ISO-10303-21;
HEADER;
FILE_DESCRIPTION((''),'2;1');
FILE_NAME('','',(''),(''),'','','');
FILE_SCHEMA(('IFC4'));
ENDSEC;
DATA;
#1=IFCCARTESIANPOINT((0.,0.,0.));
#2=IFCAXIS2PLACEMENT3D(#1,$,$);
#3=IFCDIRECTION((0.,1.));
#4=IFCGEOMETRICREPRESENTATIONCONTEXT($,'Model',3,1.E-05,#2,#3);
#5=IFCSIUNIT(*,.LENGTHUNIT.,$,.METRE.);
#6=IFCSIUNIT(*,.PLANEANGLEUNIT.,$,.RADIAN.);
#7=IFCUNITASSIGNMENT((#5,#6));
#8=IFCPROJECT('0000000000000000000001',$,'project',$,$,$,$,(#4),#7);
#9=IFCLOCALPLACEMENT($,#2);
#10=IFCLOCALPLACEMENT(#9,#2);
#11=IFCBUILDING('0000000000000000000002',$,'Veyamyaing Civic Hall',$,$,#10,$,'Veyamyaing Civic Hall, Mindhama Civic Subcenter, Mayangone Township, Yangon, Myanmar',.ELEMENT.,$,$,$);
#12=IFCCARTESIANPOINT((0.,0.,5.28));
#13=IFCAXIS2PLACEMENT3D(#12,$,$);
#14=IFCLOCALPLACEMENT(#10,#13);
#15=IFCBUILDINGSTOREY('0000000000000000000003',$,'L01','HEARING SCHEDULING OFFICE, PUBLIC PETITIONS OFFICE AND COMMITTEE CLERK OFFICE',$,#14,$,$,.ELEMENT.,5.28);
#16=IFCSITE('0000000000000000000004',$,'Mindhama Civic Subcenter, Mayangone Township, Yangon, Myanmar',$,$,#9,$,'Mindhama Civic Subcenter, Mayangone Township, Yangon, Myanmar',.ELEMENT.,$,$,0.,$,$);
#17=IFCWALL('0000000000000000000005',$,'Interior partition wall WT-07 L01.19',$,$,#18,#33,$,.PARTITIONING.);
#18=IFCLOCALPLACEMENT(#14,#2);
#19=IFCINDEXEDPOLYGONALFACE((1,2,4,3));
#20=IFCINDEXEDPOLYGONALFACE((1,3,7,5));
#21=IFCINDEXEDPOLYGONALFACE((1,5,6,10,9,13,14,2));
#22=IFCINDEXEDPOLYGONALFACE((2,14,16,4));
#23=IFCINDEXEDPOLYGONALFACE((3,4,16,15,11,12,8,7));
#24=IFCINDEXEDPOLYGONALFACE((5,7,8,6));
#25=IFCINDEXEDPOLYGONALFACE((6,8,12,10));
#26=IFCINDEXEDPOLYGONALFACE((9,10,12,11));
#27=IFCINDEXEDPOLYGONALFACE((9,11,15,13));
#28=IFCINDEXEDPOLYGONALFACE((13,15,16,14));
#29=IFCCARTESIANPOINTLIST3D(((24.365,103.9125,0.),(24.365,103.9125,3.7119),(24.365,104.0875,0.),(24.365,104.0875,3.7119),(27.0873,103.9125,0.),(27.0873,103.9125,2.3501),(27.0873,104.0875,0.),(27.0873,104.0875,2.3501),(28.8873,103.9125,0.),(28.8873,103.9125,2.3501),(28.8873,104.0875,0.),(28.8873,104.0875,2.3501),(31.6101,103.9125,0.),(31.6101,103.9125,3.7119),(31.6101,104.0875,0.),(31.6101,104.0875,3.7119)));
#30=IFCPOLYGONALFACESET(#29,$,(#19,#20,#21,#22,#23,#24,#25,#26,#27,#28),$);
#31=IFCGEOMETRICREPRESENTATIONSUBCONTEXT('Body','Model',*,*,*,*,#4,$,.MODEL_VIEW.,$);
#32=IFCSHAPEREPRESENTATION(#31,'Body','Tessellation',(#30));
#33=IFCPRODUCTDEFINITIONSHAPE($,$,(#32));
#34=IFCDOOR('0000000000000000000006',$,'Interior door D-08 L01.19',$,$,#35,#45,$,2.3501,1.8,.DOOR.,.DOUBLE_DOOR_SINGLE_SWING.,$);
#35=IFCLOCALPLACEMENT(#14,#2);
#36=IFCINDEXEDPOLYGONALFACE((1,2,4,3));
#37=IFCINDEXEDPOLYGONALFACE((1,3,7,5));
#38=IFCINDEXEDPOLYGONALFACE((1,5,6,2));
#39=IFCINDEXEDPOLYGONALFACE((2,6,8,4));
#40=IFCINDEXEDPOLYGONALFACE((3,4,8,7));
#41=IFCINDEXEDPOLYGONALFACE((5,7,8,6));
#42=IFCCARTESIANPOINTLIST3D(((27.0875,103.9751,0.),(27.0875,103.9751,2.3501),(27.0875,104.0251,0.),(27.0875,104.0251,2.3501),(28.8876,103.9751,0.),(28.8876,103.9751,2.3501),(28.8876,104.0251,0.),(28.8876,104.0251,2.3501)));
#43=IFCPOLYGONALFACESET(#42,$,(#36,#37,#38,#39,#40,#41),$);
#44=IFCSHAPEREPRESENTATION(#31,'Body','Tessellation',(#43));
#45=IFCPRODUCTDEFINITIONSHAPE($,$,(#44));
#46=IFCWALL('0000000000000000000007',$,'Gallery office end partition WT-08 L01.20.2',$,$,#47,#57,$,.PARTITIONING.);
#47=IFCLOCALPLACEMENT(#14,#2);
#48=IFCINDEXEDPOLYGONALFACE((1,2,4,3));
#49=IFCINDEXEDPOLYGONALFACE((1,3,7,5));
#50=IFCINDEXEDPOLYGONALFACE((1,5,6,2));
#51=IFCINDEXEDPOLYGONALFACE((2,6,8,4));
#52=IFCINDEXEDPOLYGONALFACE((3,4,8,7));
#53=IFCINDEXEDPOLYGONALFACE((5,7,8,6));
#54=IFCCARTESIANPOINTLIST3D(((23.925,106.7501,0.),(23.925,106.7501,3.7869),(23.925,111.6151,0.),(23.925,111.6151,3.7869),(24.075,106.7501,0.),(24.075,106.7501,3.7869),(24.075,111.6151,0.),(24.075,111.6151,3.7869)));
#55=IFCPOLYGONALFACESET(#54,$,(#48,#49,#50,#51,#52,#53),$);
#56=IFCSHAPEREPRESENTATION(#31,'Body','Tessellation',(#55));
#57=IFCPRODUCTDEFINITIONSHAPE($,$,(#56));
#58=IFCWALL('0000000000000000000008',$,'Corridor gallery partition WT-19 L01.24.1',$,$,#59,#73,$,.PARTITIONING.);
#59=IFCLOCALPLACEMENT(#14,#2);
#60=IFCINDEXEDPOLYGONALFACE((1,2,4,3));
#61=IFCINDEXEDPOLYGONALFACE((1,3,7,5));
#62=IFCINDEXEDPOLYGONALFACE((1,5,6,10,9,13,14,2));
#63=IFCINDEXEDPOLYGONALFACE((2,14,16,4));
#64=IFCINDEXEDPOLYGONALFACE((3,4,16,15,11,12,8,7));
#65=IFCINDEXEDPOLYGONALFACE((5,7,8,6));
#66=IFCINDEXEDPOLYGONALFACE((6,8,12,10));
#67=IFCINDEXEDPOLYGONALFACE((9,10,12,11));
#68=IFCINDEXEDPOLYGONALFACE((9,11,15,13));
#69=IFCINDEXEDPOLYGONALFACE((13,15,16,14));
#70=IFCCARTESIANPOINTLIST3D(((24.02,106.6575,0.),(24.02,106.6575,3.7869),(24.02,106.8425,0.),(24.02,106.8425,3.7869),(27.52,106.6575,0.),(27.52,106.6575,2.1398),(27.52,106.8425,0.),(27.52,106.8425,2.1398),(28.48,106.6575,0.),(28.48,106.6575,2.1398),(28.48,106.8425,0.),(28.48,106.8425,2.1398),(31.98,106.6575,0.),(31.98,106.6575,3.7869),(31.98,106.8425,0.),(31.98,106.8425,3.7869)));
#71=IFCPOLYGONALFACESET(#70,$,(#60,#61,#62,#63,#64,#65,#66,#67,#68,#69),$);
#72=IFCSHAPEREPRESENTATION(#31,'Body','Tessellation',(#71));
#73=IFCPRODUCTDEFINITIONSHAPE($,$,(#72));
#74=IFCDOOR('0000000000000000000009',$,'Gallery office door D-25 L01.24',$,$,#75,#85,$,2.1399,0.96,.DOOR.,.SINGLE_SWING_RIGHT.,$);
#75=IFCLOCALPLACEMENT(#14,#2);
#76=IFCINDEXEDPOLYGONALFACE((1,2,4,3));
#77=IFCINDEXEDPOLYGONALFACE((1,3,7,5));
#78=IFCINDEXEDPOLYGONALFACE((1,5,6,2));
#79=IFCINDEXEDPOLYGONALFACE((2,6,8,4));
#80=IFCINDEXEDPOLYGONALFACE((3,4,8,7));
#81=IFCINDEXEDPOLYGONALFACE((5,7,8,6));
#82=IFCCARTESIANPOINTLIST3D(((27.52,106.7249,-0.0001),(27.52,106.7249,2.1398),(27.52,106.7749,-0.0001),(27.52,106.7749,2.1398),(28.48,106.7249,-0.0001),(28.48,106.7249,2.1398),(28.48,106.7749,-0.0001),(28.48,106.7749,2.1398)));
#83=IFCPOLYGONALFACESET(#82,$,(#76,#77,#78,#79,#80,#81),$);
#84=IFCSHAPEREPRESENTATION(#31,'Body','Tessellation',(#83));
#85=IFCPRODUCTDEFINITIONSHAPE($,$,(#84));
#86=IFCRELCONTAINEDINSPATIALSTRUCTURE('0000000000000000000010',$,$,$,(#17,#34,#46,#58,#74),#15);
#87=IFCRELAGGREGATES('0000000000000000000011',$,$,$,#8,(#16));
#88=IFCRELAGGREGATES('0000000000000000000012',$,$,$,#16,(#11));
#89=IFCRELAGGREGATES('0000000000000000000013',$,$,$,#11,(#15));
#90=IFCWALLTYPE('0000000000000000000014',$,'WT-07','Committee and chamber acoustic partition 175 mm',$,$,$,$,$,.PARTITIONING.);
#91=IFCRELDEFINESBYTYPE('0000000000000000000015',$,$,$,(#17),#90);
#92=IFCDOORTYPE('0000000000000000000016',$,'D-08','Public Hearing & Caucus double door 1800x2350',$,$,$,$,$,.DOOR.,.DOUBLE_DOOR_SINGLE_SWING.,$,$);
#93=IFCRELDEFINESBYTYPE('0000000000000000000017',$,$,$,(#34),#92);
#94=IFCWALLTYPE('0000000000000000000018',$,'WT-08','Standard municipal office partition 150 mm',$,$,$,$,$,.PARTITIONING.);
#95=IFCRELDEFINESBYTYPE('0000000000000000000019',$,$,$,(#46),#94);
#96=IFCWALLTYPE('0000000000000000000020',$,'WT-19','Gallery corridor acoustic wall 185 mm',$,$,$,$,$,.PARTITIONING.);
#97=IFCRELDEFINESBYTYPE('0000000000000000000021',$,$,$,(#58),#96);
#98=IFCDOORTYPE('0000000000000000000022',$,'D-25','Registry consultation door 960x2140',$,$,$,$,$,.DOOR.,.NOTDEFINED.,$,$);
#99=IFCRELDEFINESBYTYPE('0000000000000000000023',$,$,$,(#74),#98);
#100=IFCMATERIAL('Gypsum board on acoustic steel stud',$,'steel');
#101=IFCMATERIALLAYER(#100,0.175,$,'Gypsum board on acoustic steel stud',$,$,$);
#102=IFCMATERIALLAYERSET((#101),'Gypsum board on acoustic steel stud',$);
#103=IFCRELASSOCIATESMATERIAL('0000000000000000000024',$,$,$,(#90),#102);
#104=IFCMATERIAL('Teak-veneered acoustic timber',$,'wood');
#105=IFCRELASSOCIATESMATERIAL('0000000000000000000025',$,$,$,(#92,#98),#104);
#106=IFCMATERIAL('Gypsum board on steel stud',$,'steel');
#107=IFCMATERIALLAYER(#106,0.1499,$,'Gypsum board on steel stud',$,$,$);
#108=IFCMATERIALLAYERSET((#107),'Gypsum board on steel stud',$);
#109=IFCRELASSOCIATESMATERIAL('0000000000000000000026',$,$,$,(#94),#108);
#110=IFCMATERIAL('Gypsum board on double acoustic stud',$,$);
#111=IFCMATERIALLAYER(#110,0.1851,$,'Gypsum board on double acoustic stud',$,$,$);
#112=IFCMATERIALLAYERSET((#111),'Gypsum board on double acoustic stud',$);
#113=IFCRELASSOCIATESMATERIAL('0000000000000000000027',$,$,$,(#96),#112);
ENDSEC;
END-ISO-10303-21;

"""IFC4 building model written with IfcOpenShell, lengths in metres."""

from ifc_helpers import new_model, si_unit, direction, frame, frame_2d, origin, place, context, subcontext, project, spatial, rectangle, extrude, material, layer, layer_set, type_object, element, fill, save


model = new_model("IFC4")

# Units and contexts
model_context = context("Model", 3, precision=1e-05, world=origin(), true_north=direction((0.0, 1.0)))
body_context = subcontext(model_context, "Body", "Model", "MODEL_VIEW")
ifc_project = project(units=[si_unit("LENGTHUNIT", "METRE"), si_unit("PLANEANGLEUNIT", "RADIAN")], contexts=[model_context])

# Site, building, storey
site_placement = place(None, origin())
site = spatial("IfcSite", under=ifc_project, at=site_placement, Name="Mindhama Civic Subcenter, Mayangone Township, Yangon, Myanmar", LongName="Mindhama Civic Subcenter, Mayangone Township, Yangon, Myanmar", CompositionType="ELEMENT", RefElevation=0.0)
building_placement = place(site_placement, origin())
building = spatial("IfcBuilding", under=site, at=building_placement, Name="Veyamyaing Civic Hall", LongName="Veyamyaing Civic Hall, Mindhama Civic Subcenter, Mayangone Township, Yangon, Myanmar", CompositionType="ELEMENT")
storey_placement = place(building_placement, frame((0.0, 0.0, 5.28)))
storey = spatial("IfcBuildingStorey", under=building, at=storey_placement, Name="L01", Description="HEARING SCHEDULING OFFICE, PUBLIC PETITIONS OFFICE AND COMMITTEE CLERK OFFICE", CompositionType="ELEMENT", Elevation=5.28)

# Wall, opening, door
ifc_material_1 = material(Name="Gypsum board on acoustic steel stud", Category="steel")
ifc_layer_1 = layer(ifc_material_1, 0.175, Name="Gypsum board on acoustic steel stud")
ifc_layer_set_1 = layer_set([ifc_layer_1], Name="Gypsum board on acoustic steel stud")
wall_type_1 = type_object("IfcWallType", Name="WT-07", Description="Committee and chamber acoustic partition 175 mm", PredefinedType="PARTITIONING", material=ifc_layer_set_1)
wall_1_placement = place(storey_placement, frame((24.365, 104.0, 0.0), z_axis=(0.0, 0.0, 1.0), x_axis=(1.0, 0.0, 0.0)))
wall_1 = element("IfcWall", 1, at=wall_1_placement, inside=storey, type_object=wall_type_1, Name="Interior partition wall WT-07 L01.19", PredefinedType="PARTITIONING", context=body_context, shape_type="SweptSolid", body=[
    extrude(rectangle(XDim=7.2451, YDim=0.175, at=frame_2d((3.6226, 0.0))), origin(), (0.0, 0.0, 1.0), 3.7119),
])
opening_1_placement = place(wall_1_placement, frame((2.7224, 0.0, 0.0)))
opening_1 = element("IfcOpeningElement", 2, at=opening_1_placement, cuts=wall_1, PredefinedType="OPENING", context=body_context, shape_type="SweptSolid", body=[
    extrude(rectangle(XDim=1.8, YDim=2.3501, at=frame_2d((0.8999, 1.175))), frame((0.0, 0.0974, 0.0), z_axis=(0.0, -1.0, 0.0), x_axis=(1.0, 0.0, 0.0)), (0.0, 0.0, 1.0), 0.1951),
])
ifc_material_2 = material(Name="Teak-veneered acoustic timber", Category="wood")
door_type_1 = type_object("IfcDoorType", Name="D-08", Description="Public Hearing & Caucus double door 1800x2350", OperationType="DOUBLE_DOOR_SINGLE_SWING", PredefinedType="DOOR", material=ifc_material_2)
door_1_placement = place(opening_1_placement, frame((1.8, 0.0, 0.0), z_axis=(0.0, 0.0, 1.0), x_axis=(-1.0, 0.0, 0.0)))
door_1 = element("IfcDoor", 3, at=door_1_placement, inside=storey, type_object=door_type_1, Name="Interior door D-08 L01.19", OperationType="DOUBLE_DOOR_SINGLE_SWING", OverallHeight=2.3501, OverallWidth=1.8, PredefinedType="DOOR", context=body_context, shape_type="SweptSolid", body=[
    extrude(rectangle(XDim=1.8, YDim=2.3501, at=frame_2d((0.8999, 1.175))), frame((0.0, 0.0249, 0.0), z_axis=(0.0, -1.0, 0.0), x_axis=(1.0, 0.0, 0.0)), (0.0, 0.0, 1.0), 0.05),
])
fill(opening_1, door_1)

# Wall
ifc_material_3 = material(Name="Gypsum board on steel stud", Category="steel")
ifc_layer_2 = layer(ifc_material_3, 0.1499, Name="Gypsum board on steel stud")
ifc_layer_set_2 = layer_set([ifc_layer_2], Name="Gypsum board on steel stud")
wall_type_2 = type_object("IfcWallType", Name="WT-08", Description="Standard municipal office partition 150 mm", PredefinedType="PARTITIONING", material=ifc_layer_set_2)
wall_2_placement = place(storey_placement, frame((24.0, 106.75, 0.0), z_axis=(0.0, 0.0, 1.0), x_axis=(0.0, 1.0, 0.0)))
element("IfcWall", 4, at=wall_2_placement, inside=storey, type_object=wall_type_2, Name="Gallery office end partition WT-08 L01.20.2", PredefinedType="PARTITIONING", context=body_context, shape_type="SweptSolid", body=[
    extrude(rectangle(XDim=4.865, YDim=0.1499, at=frame_2d((2.4326, 0.0))), origin(), (0.0, 0.0, 1.0), 3.7869),
])

# Wall, opening, door
ifc_material_4 = material(Name="Gypsum board on double acoustic stud")
ifc_layer_3 = layer(ifc_material_4, 0.1851, Name="Gypsum board on double acoustic stud")
ifc_layer_set_3 = layer_set([ifc_layer_3], Name="Gypsum board on double acoustic stud")
wall_type_3 = type_object("IfcWallType", Name="WT-19", Description="Gallery corridor acoustic wall 185 mm", PredefinedType="PARTITIONING", material=ifc_layer_set_3)
wall_3_placement = place(storey_placement, frame((24.02, 106.75, 0.0), z_axis=(0.0, 0.0, 1.0), x_axis=(1.0, 0.0, 0.0)))
wall_3 = element("IfcWall", 5, at=wall_3_placement, inside=storey, type_object=wall_type_3, Name="Corridor gallery partition WT-19 L01.24.1", PredefinedType="PARTITIONING", context=body_context, shape_type="SweptSolid", body=[
    extrude(rectangle(XDim=7.96, YDim=0.1851, at=frame_2d((3.98, 0.0))), origin(), (0.0, 0.0, 1.0), 3.7869),
])
opening_2_placement = place(wall_3_placement, frame((3.5, 0.0, 0.0)))
opening_2 = element("IfcOpeningElement", 6, at=opening_2_placement, cuts=wall_3, PredefinedType="OPENING", context=body_context, shape_type="SweptSolid", body=[
    extrude(rectangle(XDim=0.96, YDim=2.1399, at=frame_2d((0.48, 1.0698))), frame((0.0, 0.1025, 0.0), z_axis=(0.0, -1.0, 0.0), x_axis=(1.0, 0.0, 0.0)), (0.0, 0.0, 1.0), 0.2051),
])
door_type_2 = type_object("IfcDoorType", Name="D-25", Description="Registry consultation door 960x2140", OperationType="NOTDEFINED", PredefinedType="DOOR", material=ifc_material_2)
door_2_placement = place(opening_2_placement, origin())
door_2 = element("IfcDoor", 7, at=door_2_placement, inside=storey, type_object=door_type_2, Name="Gallery office door D-25 L01.24", OperationType="SINGLE_SWING_RIGHT", OverallHeight=2.1399, OverallWidth=0.96, PredefinedType="DOOR", context=body_context, shape_type="SweptSolid", body=[
    extrude(rectangle(XDim=0.96, YDim=2.1399, at=frame_2d((0.48, 1.0698))), frame((0.0, 0.0249, 0.0), z_axis=(0.0, -1.0, 0.0), x_axis=(1.0, 0.0, 0.0)), (0.0, 0.0, 1.0), 0.05),
])
fill(opening_2, door_2)

save(model, "model.ifc")
